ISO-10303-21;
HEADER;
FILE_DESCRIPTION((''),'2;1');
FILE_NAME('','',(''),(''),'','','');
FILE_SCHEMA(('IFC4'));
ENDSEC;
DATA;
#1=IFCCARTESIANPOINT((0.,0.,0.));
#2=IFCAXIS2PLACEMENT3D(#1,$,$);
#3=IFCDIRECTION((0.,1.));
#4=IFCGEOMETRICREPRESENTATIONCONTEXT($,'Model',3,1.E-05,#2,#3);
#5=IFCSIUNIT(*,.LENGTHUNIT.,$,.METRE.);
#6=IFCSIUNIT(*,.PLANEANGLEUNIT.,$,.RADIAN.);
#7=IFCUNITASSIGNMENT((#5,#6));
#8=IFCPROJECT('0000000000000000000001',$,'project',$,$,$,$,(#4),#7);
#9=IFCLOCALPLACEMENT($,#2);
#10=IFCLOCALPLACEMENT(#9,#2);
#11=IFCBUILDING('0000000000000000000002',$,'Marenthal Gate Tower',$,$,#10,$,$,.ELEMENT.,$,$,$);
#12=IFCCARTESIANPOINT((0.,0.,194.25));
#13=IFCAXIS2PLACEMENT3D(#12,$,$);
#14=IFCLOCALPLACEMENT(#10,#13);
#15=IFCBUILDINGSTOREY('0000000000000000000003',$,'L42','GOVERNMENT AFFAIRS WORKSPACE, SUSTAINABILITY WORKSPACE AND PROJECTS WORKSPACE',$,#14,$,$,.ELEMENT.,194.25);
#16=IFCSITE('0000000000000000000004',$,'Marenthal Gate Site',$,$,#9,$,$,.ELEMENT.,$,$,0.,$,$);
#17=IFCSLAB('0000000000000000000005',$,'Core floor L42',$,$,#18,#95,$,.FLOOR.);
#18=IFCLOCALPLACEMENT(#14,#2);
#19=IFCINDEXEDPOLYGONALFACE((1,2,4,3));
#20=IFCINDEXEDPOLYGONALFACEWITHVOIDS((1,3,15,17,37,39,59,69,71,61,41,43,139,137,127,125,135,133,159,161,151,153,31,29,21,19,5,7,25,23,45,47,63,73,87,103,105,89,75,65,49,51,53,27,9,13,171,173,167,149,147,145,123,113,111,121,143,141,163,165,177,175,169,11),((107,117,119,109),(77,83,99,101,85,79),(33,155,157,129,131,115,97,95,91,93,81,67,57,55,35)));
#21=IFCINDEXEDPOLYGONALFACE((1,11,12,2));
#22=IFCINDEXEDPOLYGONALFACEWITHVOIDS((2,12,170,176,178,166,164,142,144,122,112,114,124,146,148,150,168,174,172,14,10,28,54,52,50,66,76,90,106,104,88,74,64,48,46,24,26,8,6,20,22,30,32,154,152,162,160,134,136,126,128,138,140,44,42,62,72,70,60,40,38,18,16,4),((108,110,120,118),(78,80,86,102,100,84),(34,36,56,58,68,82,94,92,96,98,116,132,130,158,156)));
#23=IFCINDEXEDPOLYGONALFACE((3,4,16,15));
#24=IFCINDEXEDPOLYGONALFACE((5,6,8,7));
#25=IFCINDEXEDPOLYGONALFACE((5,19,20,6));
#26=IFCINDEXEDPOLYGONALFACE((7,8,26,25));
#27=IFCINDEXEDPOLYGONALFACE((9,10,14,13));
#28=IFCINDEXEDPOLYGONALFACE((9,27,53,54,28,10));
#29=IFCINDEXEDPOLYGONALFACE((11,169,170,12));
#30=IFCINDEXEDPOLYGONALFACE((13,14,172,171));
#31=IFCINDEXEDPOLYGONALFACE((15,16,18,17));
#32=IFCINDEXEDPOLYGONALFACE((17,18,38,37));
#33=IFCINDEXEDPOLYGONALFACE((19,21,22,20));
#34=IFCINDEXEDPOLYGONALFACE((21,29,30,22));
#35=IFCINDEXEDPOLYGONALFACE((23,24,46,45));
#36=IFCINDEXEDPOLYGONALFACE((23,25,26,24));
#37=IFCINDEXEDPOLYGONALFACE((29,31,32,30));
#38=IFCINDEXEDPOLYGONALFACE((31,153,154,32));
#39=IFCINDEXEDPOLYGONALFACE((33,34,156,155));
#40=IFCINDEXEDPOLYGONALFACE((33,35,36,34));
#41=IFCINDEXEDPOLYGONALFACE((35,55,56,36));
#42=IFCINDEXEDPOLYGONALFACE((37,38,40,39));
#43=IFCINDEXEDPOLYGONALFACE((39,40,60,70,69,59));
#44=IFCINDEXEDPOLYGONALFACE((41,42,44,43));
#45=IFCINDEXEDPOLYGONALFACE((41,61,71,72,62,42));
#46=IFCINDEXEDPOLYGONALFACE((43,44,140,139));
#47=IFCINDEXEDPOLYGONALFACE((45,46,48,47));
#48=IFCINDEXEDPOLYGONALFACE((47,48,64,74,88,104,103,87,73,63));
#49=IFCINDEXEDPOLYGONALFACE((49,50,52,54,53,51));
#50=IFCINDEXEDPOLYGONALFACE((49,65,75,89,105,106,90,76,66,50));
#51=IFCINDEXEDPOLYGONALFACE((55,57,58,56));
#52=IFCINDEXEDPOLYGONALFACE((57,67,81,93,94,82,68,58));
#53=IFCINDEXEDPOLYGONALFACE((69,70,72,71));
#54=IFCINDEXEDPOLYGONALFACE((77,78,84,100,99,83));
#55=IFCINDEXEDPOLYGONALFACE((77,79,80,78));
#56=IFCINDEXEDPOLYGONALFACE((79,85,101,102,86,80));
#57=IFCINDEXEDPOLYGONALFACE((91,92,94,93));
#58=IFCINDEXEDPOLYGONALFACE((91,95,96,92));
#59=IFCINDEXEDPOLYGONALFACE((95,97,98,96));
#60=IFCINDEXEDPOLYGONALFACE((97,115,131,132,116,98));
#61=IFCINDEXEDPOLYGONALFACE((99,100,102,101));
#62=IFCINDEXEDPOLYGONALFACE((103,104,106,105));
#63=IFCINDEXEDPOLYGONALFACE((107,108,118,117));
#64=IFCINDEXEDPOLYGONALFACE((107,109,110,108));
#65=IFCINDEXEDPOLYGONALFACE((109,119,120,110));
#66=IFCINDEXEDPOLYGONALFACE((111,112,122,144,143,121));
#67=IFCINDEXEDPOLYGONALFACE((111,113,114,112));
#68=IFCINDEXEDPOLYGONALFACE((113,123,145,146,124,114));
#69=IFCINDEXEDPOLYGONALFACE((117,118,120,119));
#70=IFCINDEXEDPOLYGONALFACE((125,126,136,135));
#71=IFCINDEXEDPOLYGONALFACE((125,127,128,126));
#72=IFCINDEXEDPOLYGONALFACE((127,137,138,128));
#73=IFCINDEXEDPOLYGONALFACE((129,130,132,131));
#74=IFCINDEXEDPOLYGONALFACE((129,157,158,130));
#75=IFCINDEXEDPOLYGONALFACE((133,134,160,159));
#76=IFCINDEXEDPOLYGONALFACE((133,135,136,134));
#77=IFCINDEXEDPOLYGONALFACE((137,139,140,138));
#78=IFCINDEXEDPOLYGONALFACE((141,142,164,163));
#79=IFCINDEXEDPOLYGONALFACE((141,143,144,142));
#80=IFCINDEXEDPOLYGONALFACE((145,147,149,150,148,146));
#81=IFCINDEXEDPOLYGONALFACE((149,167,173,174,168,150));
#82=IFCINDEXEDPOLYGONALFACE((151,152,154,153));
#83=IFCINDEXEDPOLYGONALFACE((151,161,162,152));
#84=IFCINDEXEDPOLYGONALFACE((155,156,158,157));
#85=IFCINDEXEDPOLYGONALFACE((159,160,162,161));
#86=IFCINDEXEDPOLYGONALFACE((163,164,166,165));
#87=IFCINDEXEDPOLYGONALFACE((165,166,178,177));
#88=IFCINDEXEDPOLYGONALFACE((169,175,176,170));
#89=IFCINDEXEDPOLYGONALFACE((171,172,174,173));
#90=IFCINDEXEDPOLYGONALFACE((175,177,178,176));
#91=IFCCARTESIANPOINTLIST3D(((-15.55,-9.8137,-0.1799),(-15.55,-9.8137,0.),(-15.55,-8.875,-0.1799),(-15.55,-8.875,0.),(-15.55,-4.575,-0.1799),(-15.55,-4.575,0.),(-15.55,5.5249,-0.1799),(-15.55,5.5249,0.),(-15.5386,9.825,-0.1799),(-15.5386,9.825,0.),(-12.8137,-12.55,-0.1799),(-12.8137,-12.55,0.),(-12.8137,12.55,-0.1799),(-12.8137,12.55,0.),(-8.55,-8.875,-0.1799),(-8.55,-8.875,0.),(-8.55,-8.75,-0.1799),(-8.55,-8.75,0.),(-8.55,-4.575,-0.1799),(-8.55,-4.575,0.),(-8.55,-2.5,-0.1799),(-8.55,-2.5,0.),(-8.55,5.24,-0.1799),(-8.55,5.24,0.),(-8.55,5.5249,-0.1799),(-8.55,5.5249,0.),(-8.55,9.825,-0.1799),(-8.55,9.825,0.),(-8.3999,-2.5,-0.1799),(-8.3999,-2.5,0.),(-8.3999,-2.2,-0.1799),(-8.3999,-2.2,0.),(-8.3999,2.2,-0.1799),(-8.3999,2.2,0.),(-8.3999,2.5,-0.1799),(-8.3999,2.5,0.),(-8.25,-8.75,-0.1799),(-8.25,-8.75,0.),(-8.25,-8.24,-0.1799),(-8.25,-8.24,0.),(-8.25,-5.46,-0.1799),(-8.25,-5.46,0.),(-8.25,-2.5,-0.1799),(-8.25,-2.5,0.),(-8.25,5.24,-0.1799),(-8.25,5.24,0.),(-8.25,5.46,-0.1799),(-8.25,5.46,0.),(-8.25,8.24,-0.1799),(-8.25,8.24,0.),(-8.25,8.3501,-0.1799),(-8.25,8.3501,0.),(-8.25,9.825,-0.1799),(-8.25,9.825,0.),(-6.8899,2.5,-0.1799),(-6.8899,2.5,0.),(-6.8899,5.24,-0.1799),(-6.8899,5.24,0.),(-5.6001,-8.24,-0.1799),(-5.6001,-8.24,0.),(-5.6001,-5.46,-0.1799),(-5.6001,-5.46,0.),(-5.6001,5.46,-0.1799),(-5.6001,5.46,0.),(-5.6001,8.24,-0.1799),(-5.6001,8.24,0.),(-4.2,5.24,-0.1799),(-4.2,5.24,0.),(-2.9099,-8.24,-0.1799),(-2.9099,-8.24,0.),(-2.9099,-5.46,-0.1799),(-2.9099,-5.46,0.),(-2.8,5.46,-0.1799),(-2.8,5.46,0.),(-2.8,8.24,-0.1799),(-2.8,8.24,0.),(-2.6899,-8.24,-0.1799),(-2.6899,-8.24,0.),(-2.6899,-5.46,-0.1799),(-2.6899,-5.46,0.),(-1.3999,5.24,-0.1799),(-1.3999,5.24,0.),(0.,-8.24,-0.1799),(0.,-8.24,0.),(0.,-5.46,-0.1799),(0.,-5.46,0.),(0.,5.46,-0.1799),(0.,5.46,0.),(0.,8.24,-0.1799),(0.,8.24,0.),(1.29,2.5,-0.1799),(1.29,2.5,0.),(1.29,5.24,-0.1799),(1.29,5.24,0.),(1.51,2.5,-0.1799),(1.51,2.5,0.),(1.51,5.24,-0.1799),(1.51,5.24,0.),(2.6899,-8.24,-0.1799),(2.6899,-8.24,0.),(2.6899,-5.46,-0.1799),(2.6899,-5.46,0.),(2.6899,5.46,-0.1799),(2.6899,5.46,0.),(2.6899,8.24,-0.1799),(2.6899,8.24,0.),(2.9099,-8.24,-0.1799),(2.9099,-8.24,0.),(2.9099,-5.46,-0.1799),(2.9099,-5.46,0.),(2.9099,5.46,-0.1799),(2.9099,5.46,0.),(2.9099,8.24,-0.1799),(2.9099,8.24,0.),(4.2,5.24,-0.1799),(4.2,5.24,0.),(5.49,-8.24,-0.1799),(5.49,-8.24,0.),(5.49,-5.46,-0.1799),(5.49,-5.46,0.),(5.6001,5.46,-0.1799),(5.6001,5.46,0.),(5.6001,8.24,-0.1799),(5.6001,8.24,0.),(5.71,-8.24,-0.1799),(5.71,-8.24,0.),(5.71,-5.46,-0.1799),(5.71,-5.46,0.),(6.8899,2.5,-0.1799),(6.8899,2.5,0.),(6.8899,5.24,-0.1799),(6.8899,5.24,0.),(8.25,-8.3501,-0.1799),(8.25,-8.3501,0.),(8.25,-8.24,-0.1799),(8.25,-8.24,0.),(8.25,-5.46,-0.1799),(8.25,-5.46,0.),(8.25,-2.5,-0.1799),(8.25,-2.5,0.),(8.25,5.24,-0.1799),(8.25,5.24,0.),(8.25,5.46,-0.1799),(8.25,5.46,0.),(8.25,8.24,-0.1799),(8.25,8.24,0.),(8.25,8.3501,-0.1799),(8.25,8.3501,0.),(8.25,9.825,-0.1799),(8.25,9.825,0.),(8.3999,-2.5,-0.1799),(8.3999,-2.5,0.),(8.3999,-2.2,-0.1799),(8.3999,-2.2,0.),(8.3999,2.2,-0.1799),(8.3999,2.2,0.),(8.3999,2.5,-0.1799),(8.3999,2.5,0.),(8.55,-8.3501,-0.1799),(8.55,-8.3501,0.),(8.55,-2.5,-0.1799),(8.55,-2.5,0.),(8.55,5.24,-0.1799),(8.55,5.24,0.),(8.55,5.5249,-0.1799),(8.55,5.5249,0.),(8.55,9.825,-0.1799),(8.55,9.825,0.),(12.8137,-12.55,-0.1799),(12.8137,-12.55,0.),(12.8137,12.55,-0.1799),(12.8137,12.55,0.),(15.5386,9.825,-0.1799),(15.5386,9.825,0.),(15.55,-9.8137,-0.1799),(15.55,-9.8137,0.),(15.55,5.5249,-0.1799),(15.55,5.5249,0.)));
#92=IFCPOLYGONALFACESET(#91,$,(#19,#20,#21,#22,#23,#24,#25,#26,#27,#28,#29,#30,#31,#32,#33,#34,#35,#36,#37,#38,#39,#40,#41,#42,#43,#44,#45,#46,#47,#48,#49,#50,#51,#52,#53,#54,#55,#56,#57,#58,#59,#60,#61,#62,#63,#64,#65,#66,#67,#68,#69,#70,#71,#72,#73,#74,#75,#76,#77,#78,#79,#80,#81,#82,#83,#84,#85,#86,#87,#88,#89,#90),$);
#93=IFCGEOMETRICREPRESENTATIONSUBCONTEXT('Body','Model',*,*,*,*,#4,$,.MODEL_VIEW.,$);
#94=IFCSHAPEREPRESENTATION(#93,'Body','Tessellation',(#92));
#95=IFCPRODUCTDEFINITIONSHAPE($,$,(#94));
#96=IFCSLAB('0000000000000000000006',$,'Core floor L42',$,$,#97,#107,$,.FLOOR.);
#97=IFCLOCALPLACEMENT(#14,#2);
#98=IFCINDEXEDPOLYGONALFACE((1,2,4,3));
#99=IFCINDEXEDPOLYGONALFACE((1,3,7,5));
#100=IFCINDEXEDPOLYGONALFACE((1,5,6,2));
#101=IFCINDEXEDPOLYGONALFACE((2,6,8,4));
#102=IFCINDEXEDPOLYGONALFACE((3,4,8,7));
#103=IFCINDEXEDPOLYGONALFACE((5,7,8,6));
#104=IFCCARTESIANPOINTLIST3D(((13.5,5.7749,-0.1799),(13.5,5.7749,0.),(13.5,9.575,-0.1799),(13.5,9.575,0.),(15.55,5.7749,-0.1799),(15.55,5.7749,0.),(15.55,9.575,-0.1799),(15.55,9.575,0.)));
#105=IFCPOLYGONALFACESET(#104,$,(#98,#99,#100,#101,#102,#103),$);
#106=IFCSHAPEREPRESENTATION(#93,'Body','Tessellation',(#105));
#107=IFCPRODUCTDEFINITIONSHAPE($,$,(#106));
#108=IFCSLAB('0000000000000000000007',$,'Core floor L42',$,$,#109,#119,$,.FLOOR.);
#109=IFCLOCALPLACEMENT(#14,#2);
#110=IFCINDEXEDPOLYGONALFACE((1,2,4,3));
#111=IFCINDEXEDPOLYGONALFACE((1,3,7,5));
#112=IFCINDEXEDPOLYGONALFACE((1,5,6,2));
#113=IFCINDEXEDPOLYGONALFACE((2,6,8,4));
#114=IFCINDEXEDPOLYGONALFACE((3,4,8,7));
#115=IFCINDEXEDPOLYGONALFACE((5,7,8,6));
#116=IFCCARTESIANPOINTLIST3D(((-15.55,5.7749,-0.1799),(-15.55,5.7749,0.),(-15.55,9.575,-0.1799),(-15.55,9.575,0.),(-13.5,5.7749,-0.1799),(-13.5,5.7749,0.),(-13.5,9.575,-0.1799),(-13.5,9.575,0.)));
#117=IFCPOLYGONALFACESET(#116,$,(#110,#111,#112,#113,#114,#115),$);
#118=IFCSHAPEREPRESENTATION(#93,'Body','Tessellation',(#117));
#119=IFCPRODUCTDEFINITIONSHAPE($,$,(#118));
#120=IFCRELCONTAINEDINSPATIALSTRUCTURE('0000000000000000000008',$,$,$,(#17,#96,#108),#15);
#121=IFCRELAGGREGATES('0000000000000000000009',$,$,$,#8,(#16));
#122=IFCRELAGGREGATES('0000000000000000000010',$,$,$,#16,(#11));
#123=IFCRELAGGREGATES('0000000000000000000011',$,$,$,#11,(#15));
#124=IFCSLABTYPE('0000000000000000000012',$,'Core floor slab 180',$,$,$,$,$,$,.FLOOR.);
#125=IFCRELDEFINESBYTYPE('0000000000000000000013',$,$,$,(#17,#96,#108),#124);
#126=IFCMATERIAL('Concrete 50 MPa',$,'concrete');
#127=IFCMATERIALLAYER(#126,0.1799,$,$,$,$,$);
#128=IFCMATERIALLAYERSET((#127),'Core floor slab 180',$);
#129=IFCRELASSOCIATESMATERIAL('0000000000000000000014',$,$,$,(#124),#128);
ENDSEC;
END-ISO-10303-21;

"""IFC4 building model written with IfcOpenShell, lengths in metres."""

from ifc_helpers import new_model, si_unit, direction, frame, origin, place, context, subcontext, project, spatial, polyline, outline, extrude, material, layer, layer_set, type_object, element, save


model = new_model("IFC4")

# Units and contexts
model_context = context("Model", 3, precision=1e-05, world=origin(), true_north=direction((0.0, 1.0)))
body_context = subcontext(model_context, "Body", "Model", "MODEL_VIEW")
ifc_project = project(units=[si_unit("LENGTHUNIT", "METRE"), si_unit("PLANEANGLEUNIT", "RADIAN")], contexts=[model_context])

# Site, building, storey
site_placement = place(None, origin())
site = spatial("IfcSite", under=ifc_project, at=site_placement, Name="Marenthal Gate Site", CompositionType="ELEMENT", RefElevation=0.0)
building_placement = place(site_placement, origin())
building = spatial("IfcBuilding", under=site, at=building_placement, Name="Marenthal Gate Tower", CompositionType="ELEMENT")
storey_placement = place(building_placement, frame((0.0, 0.0, 194.25)))
storey = spatial("IfcBuildingStorey", under=building, at=storey_placement, Name="L42", Description="GOVERNMENT AFFAIRS WORKSPACE, SUSTAINABILITY WORKSPACE AND PROJECTS WORKSPACE", CompositionType="ELEMENT", Elevation=194.25)

# Slabs
ifc_material_1 = material(Name="Concrete 50 MPa", Category="concrete")
ifc_layer_1 = layer(ifc_material_1, 0.1799)
ifc_layer_set_1 = layer_set([ifc_layer_1], Name="Core floor slab 180")
slab_type_1 = type_object("IfcSlabType", Name="Core floor slab 180", PredefinedType="FLOOR", material=ifc_layer_set_1)
slab_1_placement = place(storey_placement, frame((0.0, 0.0, -0.1799)))
element("IfcSlab", 1, at=slab_1_placement, inside=storey, type_object=slab_type_1, Name="Core floor L42", PredefinedType="FLOOR", context=body_context, shape_type="SweptSolid", body=[
    extrude(outline(polyline([(12.8137, -12.55), (-12.8137, -12.55), (-15.55, -9.8137), (-15.55, -8.875), (-8.55, -8.875), (-8.55, -8.75), (-8.25, -8.75), (-8.25, -8.24), (-5.6001, -8.24), (-2.9099, -8.24), (-2.9099, -5.46), (-5.6001, -5.46), (-8.25, -5.46), (-8.25, -2.5), (8.25, -2.5), (8.25, -5.46), (5.71, -5.46), (5.71, -8.24), (8.25, -8.24), (8.25, -8.3501), (8.55, -8.3501), (8.55, -2.5), (8.3999, -2.5), (8.3999, -2.2), (-8.3999, -2.2), (-8.3999, -2.5), (-8.55, -2.5), (-8.55, -4.575), (-15.55, -4.575), (-15.55, 5.5249), (-8.55, 5.5249), (-8.55, 5.24), (-8.25, 5.24), (-8.25, 5.46), (-5.6001, 5.46), (-2.8, 5.46), (0.0, 5.46), (2.6899, 5.46), (2.6899, 8.24), (0.0, 8.24), (-2.8, 8.24), (-5.6001, 8.24), (-8.25, 8.24), (-8.25, 8.3501), (-8.25, 9.825), (-8.55, 9.825), (-15.5386, 9.825), (-12.8137, 12.55), (12.8137, 12.55), (15.5386, 9.825), (8.55, 9.825), (8.25, 9.825), (8.25, 8.3501), (8.25, 8.24), (5.6001, 8.24), (2.9099, 8.24), (2.9099, 5.46), (5.6001, 5.46), (8.25, 5.46), (8.25, 5.24), (8.55, 5.24), (8.55, 5.5249), (15.55, 5.5249), (15.55, -9.8137), (12.8137, -12.55)]), holes=[polyline([(2.6899, -8.24), (2.6899, -5.46), (0.0, -5.46), (-2.6899, -5.46), (-2.6899, -8.24), (0.0, -8.24), (2.6899, -8.24)]), polyline([(-6.8899, 5.24), (-6.8899, 2.5), (-8.3999, 2.5), (-8.3999, 2.2), (8.3999, 2.2), (8.3999, 2.5), (6.8899, 2.5), (6.8899, 5.24), (4.2, 5.24), (1.51, 5.24), (1.51, 2.5), (1.29, 2.5), (1.29, 5.24), (-1.3999, 5.24), (-4.2, 5.24), (-6.8899, 5.24)]), polyline([(5.49, -5.46), (2.9099, -5.46), (2.9099, -8.24), (5.49, -8.24), (5.49, -5.46)])]), origin(), (0.0, 0.0, 1.0), 0.1799),
])
slab_2_placement = place(storey_placement, frame((0.0, 0.0, -0.1799)))
element("IfcSlab", 2, at=slab_2_placement, inside=storey, type_object=slab_type_1, Name="Core floor L42", PredefinedType="FLOOR", context=body_context, shape_type="SweptSolid", body=[
    extrude(outline(polyline([(15.55, 5.7749), (13.5, 5.7749), (13.5, 9.575), (15.55, 9.575), (15.55, 5.7749)])), origin(), (0.0, 0.0, 1.0), 0.1799),
])
slab_3_placement = place(storey_placement, frame((0.0, 0.0, -0.1799)))
element("IfcSlab", 3, at=slab_3_placement, inside=storey, type_object=slab_type_1, Name="Core floor L42", PredefinedType="FLOOR", context=body_context, shape_type="SweptSolid", body=[
    extrude(outline(polyline([(-15.55, 9.575), (-13.5, 9.575), (-13.5, 5.7749), (-15.55, 5.7749), (-15.55, 9.575)])), origin(), (0.0, 0.0, 1.0), 0.1799),
])

save(model, "model.ifc")
